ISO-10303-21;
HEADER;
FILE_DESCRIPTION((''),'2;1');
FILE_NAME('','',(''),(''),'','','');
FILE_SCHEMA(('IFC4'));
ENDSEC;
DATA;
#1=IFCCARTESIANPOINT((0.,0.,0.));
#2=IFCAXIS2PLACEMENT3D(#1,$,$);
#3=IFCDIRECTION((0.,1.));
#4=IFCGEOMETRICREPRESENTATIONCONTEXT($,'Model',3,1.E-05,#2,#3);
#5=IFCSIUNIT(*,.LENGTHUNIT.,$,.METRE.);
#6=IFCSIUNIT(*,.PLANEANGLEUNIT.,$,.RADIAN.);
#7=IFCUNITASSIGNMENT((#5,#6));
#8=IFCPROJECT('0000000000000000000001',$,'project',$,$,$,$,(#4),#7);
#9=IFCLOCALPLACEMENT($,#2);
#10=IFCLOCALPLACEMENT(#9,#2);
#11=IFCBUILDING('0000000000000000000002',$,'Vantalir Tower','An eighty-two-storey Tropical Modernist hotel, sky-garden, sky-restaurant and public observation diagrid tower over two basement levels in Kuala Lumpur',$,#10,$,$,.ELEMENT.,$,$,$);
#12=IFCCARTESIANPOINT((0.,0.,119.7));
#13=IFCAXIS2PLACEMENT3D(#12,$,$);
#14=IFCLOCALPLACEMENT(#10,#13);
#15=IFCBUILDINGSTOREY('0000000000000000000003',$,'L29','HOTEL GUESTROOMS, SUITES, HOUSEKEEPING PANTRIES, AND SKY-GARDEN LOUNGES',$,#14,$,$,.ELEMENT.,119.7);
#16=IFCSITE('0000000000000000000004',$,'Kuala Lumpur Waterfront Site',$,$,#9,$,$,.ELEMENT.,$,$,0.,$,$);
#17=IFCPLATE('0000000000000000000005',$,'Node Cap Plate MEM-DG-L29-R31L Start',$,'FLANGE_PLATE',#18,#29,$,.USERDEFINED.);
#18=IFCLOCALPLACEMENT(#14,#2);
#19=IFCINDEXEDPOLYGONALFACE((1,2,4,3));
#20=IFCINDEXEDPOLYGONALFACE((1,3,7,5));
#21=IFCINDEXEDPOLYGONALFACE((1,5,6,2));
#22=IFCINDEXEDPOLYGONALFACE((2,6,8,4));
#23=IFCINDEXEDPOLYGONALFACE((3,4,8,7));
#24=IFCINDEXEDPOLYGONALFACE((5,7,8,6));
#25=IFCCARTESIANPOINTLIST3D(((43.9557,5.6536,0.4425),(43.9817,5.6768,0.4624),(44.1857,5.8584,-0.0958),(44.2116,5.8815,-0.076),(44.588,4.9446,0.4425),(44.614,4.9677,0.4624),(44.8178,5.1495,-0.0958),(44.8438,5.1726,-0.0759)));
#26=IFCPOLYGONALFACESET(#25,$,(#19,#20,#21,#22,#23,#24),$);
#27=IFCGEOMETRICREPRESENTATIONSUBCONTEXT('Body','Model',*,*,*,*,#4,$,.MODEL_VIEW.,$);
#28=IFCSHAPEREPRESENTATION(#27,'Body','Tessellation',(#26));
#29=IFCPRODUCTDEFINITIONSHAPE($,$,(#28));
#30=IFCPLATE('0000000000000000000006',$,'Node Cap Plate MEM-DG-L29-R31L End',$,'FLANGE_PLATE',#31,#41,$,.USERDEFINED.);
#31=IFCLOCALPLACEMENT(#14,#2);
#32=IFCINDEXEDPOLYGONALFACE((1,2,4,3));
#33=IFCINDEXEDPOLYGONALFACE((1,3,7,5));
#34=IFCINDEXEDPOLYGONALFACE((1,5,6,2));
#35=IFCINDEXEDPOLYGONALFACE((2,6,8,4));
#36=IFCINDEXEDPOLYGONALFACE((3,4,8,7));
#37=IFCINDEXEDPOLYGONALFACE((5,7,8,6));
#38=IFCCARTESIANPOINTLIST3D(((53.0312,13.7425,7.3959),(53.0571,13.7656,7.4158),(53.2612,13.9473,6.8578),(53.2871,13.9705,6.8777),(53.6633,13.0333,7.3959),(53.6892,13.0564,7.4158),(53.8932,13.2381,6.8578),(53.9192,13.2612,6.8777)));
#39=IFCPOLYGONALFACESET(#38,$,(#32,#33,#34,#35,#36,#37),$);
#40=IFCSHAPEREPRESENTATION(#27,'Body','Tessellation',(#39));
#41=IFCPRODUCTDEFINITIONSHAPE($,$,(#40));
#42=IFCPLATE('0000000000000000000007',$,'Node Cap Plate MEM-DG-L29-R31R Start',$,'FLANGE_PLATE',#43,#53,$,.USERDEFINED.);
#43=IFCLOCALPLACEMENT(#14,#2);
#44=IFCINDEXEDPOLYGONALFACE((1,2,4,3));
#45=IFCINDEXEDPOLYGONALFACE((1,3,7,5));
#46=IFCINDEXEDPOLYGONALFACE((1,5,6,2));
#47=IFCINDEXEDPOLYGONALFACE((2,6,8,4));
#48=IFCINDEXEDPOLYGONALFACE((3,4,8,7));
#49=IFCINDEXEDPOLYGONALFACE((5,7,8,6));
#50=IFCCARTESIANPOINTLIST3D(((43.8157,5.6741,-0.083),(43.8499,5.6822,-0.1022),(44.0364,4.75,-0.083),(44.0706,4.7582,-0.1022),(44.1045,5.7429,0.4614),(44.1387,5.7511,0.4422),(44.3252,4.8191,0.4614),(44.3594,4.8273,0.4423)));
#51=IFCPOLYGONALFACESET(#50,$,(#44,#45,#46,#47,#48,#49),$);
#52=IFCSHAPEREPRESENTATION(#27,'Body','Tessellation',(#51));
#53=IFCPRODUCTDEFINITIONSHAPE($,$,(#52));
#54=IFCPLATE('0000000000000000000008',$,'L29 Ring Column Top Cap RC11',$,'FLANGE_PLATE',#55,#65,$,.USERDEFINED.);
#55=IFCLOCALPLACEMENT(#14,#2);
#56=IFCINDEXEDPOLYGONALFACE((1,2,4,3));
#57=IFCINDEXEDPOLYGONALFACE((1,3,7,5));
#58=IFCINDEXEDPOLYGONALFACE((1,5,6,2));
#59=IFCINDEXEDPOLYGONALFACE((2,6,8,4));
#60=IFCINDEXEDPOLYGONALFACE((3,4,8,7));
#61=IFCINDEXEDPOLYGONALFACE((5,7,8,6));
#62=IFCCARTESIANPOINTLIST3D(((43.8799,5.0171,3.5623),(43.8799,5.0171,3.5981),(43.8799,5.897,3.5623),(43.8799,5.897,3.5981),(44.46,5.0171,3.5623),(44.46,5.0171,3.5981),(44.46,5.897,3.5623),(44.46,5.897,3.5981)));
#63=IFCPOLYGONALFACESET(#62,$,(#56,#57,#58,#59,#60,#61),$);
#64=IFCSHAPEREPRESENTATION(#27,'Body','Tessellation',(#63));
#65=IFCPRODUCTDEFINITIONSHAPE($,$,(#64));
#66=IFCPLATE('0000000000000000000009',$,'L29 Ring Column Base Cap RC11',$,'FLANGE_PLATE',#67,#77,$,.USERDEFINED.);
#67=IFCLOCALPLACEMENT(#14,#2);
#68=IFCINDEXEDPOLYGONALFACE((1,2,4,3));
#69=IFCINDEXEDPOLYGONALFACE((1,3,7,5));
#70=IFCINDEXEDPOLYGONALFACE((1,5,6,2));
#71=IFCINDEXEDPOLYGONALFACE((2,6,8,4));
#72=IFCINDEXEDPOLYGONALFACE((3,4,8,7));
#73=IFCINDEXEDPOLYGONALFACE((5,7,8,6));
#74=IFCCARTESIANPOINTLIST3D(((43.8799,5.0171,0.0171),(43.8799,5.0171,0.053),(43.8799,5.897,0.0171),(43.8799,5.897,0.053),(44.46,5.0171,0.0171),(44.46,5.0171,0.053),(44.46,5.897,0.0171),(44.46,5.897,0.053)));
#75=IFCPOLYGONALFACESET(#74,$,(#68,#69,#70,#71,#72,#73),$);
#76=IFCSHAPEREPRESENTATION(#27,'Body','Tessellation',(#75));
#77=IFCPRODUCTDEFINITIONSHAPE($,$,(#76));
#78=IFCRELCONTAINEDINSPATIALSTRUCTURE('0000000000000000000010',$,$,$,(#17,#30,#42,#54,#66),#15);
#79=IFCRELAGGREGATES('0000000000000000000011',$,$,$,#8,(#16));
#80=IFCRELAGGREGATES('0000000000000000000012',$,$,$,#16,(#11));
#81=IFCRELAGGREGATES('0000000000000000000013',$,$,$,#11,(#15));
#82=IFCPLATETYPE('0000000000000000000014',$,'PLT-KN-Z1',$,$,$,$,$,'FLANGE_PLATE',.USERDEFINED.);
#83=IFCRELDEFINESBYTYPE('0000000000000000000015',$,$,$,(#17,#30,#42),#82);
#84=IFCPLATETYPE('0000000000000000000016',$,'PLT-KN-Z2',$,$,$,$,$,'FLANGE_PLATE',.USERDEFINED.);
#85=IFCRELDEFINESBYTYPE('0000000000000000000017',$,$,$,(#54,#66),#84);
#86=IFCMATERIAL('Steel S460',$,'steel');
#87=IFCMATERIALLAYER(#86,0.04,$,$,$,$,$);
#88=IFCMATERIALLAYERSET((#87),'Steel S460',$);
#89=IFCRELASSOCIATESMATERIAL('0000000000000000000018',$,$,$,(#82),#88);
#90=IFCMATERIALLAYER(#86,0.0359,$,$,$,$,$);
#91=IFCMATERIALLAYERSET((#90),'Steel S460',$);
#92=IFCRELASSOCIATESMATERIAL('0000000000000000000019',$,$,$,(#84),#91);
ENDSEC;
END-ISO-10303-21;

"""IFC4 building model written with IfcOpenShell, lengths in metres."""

from ifc_helpers import new_model, si_unit, direction, frame, origin, place, context, subcontext, project, spatial, polyline, outline, extrude, material, layer, layer_set, type_object, element, save


model = new_model("IFC4")

# Units and contexts
model_context = context("Model", 3, precision=1e-05, world=origin(), true_north=direction((0.0, 1.0)))
body_context = subcontext(model_context, "Body", "Model", "MODEL_VIEW")
ifc_project = project(units=[si_unit("LENGTHUNIT", "METRE"), si_unit("PLANEANGLEUNIT", "RADIAN")], contexts=[model_context])

# Site, building, storey
site_placement = place(None, origin())
site = spatial("IfcSite", under=ifc_project, at=site_placement, Name="Kuala Lumpur Waterfront Site", CompositionType="ELEMENT", RefElevation=0.0)
building_placement = place(site_placement, origin())
building = spatial("IfcBuilding", under=site, at=building_placement, Name="Vantalir Tower", Description="An eighty-two-storey Tropical Modernist hotel, sky-garden, sky-restaurant and public observation diagrid tower over two basement levels in Kuala Lumpur", CompositionType="ELEMENT")
storey_placement = place(building_placement, frame((0.0, 0.0, 119.7)))
storey = spatial("IfcBuildingStorey", under=building, at=storey_placement, Name="L29", Description="HOTEL GUESTROOMS, SUITES, HOUSEKEEPING PANTRIES, AND SKY-GARDEN LOUNGES", CompositionType="ELEMENT", Elevation=119.7)

# Shared definitions
ifc_material_1 = material(Name="Steel S460", Category="steel")

# Plates
ifc_layer_1 = layer(ifc_material_1, 0.04)
ifc_layer_set_1 = layer_set([ifc_layer_1], Name="Steel S460")
plate_type_1 = type_object("IfcPlateType", Name="PLT-KN-Z1", ElementType="FLANGE_PLATE", PredefinedType="USERDEFINED", material=ifc_layer_set_1)
plate_1_placement = place(storey_placement, frame((44.8438, 5.1726, -0.0759), z_axis=(0.64789, 0.577724, 0.496462), x_axis=(-0.665518, 0.746382, -0.000041)))
element("IfcPlate", 1, at=plate_1_placement, inside=storey, type_object=plate_type_1, Name="Node Cap Plate MEM-DG-L29-R31L Start", ObjectType="FLANGE_PLATE", PredefinedType="USERDEFINED", context=body_context, shape_type="SweptSolid", body=[
    extrude(outline(polyline([(0.0, 0.0), (0.9498, 0.0), (0.95, 0.6202), (0.0, 0.6201), (0.0, 0.0)])), origin(), (0.0, 0.0, -1.0), 0.04),
])
plate_2_placement = place(storey_placement, frame((53.9192, 13.2612, 6.8777), z_axis=(0.647924, 0.577444, 0.496742), x_axis=(-0.665336, 0.746544, 0.0)))
element("IfcPlate", 2, at=plate_2_placement, inside=storey, type_object=plate_type_1, Name="Node Cap Plate MEM-DG-L29-R31L End", ObjectType="FLANGE_PLATE", PredefinedType="USERDEFINED", context=body_context, shape_type="SweptSolid", body=[
    extrude(outline(polyline([(0.0, 0.0), (0.95, 0.0), (0.9501, 0.62), (0.0001, 0.62), (0.0, 0.0)])), origin(), (0.0, 0.0, -1.0), 0.04),
])
plate_3_placement = place(storey_placement, frame((43.8157, 5.6741, -0.083), z_axis=(-0.853889, -0.203968, 0.478822), x_axis=(0.232326, -0.972638, -0.000013)))
element("IfcPlate", 3, at=plate_3_placement, inside=storey, type_object=plate_type_1, Name="Node Cap Plate MEM-DG-L29-R31R Start", ObjectType="FLANGE_PLATE", PredefinedType="USERDEFINED", context=body_context, shape_type="SweptSolid", body=[
    extrude(outline(polyline([(0.0, 0.0), (0.9501, 0.0), (0.95, 0.6202), (0.0001, 0.6201), (0.0, 0.0)])), origin(), (0.0, 0.0, -1.0), 0.04),
])
ifc_layer_2 = layer(ifc_material_1, 0.0359)
ifc_layer_set_2 = layer_set([ifc_layer_2], Name="Steel S460")
plate_type_2 = type_object("IfcPlateType", Name="PLT-KN-Z2", ElementType="FLANGE_PLATE", PredefinedType="USERDEFINED", material=ifc_layer_set_2)
for number, where, z_axis, x_axis, name in (
    (4, (43.8799, 5.897, 3.5981), (0.0, 0.0, 1.0), (0.0, -1.0, 0.0), "L29 Ring Column Top Cap RC11"),
    (5, (43.8799, 5.897, 0.053), (0.0, 0.0, 1.0), (0.0, -1.0, 0.0), "L29 Ring Column Base Cap RC11"),
):
    element("IfcPlate", number, at=place(storey_placement, frame(where, z_axis=z_axis, x_axis=x_axis)), inside=storey, type_object=plate_type_2, Name=name, ObjectType="FLANGE_PLATE", PredefinedType="USERDEFINED", context=body_context, shape_type="SweptSolid", body=[
        extrude(outline(polyline([(0.0, 0.0), (0.8799, 0.0), (0.8799, 0.5801), (0.0, 0.5801), (0.0, 0.0)])), origin(), (0.0, 0.0, -1.0), 0.0359),
    ])

save(model, "model.ifc")
